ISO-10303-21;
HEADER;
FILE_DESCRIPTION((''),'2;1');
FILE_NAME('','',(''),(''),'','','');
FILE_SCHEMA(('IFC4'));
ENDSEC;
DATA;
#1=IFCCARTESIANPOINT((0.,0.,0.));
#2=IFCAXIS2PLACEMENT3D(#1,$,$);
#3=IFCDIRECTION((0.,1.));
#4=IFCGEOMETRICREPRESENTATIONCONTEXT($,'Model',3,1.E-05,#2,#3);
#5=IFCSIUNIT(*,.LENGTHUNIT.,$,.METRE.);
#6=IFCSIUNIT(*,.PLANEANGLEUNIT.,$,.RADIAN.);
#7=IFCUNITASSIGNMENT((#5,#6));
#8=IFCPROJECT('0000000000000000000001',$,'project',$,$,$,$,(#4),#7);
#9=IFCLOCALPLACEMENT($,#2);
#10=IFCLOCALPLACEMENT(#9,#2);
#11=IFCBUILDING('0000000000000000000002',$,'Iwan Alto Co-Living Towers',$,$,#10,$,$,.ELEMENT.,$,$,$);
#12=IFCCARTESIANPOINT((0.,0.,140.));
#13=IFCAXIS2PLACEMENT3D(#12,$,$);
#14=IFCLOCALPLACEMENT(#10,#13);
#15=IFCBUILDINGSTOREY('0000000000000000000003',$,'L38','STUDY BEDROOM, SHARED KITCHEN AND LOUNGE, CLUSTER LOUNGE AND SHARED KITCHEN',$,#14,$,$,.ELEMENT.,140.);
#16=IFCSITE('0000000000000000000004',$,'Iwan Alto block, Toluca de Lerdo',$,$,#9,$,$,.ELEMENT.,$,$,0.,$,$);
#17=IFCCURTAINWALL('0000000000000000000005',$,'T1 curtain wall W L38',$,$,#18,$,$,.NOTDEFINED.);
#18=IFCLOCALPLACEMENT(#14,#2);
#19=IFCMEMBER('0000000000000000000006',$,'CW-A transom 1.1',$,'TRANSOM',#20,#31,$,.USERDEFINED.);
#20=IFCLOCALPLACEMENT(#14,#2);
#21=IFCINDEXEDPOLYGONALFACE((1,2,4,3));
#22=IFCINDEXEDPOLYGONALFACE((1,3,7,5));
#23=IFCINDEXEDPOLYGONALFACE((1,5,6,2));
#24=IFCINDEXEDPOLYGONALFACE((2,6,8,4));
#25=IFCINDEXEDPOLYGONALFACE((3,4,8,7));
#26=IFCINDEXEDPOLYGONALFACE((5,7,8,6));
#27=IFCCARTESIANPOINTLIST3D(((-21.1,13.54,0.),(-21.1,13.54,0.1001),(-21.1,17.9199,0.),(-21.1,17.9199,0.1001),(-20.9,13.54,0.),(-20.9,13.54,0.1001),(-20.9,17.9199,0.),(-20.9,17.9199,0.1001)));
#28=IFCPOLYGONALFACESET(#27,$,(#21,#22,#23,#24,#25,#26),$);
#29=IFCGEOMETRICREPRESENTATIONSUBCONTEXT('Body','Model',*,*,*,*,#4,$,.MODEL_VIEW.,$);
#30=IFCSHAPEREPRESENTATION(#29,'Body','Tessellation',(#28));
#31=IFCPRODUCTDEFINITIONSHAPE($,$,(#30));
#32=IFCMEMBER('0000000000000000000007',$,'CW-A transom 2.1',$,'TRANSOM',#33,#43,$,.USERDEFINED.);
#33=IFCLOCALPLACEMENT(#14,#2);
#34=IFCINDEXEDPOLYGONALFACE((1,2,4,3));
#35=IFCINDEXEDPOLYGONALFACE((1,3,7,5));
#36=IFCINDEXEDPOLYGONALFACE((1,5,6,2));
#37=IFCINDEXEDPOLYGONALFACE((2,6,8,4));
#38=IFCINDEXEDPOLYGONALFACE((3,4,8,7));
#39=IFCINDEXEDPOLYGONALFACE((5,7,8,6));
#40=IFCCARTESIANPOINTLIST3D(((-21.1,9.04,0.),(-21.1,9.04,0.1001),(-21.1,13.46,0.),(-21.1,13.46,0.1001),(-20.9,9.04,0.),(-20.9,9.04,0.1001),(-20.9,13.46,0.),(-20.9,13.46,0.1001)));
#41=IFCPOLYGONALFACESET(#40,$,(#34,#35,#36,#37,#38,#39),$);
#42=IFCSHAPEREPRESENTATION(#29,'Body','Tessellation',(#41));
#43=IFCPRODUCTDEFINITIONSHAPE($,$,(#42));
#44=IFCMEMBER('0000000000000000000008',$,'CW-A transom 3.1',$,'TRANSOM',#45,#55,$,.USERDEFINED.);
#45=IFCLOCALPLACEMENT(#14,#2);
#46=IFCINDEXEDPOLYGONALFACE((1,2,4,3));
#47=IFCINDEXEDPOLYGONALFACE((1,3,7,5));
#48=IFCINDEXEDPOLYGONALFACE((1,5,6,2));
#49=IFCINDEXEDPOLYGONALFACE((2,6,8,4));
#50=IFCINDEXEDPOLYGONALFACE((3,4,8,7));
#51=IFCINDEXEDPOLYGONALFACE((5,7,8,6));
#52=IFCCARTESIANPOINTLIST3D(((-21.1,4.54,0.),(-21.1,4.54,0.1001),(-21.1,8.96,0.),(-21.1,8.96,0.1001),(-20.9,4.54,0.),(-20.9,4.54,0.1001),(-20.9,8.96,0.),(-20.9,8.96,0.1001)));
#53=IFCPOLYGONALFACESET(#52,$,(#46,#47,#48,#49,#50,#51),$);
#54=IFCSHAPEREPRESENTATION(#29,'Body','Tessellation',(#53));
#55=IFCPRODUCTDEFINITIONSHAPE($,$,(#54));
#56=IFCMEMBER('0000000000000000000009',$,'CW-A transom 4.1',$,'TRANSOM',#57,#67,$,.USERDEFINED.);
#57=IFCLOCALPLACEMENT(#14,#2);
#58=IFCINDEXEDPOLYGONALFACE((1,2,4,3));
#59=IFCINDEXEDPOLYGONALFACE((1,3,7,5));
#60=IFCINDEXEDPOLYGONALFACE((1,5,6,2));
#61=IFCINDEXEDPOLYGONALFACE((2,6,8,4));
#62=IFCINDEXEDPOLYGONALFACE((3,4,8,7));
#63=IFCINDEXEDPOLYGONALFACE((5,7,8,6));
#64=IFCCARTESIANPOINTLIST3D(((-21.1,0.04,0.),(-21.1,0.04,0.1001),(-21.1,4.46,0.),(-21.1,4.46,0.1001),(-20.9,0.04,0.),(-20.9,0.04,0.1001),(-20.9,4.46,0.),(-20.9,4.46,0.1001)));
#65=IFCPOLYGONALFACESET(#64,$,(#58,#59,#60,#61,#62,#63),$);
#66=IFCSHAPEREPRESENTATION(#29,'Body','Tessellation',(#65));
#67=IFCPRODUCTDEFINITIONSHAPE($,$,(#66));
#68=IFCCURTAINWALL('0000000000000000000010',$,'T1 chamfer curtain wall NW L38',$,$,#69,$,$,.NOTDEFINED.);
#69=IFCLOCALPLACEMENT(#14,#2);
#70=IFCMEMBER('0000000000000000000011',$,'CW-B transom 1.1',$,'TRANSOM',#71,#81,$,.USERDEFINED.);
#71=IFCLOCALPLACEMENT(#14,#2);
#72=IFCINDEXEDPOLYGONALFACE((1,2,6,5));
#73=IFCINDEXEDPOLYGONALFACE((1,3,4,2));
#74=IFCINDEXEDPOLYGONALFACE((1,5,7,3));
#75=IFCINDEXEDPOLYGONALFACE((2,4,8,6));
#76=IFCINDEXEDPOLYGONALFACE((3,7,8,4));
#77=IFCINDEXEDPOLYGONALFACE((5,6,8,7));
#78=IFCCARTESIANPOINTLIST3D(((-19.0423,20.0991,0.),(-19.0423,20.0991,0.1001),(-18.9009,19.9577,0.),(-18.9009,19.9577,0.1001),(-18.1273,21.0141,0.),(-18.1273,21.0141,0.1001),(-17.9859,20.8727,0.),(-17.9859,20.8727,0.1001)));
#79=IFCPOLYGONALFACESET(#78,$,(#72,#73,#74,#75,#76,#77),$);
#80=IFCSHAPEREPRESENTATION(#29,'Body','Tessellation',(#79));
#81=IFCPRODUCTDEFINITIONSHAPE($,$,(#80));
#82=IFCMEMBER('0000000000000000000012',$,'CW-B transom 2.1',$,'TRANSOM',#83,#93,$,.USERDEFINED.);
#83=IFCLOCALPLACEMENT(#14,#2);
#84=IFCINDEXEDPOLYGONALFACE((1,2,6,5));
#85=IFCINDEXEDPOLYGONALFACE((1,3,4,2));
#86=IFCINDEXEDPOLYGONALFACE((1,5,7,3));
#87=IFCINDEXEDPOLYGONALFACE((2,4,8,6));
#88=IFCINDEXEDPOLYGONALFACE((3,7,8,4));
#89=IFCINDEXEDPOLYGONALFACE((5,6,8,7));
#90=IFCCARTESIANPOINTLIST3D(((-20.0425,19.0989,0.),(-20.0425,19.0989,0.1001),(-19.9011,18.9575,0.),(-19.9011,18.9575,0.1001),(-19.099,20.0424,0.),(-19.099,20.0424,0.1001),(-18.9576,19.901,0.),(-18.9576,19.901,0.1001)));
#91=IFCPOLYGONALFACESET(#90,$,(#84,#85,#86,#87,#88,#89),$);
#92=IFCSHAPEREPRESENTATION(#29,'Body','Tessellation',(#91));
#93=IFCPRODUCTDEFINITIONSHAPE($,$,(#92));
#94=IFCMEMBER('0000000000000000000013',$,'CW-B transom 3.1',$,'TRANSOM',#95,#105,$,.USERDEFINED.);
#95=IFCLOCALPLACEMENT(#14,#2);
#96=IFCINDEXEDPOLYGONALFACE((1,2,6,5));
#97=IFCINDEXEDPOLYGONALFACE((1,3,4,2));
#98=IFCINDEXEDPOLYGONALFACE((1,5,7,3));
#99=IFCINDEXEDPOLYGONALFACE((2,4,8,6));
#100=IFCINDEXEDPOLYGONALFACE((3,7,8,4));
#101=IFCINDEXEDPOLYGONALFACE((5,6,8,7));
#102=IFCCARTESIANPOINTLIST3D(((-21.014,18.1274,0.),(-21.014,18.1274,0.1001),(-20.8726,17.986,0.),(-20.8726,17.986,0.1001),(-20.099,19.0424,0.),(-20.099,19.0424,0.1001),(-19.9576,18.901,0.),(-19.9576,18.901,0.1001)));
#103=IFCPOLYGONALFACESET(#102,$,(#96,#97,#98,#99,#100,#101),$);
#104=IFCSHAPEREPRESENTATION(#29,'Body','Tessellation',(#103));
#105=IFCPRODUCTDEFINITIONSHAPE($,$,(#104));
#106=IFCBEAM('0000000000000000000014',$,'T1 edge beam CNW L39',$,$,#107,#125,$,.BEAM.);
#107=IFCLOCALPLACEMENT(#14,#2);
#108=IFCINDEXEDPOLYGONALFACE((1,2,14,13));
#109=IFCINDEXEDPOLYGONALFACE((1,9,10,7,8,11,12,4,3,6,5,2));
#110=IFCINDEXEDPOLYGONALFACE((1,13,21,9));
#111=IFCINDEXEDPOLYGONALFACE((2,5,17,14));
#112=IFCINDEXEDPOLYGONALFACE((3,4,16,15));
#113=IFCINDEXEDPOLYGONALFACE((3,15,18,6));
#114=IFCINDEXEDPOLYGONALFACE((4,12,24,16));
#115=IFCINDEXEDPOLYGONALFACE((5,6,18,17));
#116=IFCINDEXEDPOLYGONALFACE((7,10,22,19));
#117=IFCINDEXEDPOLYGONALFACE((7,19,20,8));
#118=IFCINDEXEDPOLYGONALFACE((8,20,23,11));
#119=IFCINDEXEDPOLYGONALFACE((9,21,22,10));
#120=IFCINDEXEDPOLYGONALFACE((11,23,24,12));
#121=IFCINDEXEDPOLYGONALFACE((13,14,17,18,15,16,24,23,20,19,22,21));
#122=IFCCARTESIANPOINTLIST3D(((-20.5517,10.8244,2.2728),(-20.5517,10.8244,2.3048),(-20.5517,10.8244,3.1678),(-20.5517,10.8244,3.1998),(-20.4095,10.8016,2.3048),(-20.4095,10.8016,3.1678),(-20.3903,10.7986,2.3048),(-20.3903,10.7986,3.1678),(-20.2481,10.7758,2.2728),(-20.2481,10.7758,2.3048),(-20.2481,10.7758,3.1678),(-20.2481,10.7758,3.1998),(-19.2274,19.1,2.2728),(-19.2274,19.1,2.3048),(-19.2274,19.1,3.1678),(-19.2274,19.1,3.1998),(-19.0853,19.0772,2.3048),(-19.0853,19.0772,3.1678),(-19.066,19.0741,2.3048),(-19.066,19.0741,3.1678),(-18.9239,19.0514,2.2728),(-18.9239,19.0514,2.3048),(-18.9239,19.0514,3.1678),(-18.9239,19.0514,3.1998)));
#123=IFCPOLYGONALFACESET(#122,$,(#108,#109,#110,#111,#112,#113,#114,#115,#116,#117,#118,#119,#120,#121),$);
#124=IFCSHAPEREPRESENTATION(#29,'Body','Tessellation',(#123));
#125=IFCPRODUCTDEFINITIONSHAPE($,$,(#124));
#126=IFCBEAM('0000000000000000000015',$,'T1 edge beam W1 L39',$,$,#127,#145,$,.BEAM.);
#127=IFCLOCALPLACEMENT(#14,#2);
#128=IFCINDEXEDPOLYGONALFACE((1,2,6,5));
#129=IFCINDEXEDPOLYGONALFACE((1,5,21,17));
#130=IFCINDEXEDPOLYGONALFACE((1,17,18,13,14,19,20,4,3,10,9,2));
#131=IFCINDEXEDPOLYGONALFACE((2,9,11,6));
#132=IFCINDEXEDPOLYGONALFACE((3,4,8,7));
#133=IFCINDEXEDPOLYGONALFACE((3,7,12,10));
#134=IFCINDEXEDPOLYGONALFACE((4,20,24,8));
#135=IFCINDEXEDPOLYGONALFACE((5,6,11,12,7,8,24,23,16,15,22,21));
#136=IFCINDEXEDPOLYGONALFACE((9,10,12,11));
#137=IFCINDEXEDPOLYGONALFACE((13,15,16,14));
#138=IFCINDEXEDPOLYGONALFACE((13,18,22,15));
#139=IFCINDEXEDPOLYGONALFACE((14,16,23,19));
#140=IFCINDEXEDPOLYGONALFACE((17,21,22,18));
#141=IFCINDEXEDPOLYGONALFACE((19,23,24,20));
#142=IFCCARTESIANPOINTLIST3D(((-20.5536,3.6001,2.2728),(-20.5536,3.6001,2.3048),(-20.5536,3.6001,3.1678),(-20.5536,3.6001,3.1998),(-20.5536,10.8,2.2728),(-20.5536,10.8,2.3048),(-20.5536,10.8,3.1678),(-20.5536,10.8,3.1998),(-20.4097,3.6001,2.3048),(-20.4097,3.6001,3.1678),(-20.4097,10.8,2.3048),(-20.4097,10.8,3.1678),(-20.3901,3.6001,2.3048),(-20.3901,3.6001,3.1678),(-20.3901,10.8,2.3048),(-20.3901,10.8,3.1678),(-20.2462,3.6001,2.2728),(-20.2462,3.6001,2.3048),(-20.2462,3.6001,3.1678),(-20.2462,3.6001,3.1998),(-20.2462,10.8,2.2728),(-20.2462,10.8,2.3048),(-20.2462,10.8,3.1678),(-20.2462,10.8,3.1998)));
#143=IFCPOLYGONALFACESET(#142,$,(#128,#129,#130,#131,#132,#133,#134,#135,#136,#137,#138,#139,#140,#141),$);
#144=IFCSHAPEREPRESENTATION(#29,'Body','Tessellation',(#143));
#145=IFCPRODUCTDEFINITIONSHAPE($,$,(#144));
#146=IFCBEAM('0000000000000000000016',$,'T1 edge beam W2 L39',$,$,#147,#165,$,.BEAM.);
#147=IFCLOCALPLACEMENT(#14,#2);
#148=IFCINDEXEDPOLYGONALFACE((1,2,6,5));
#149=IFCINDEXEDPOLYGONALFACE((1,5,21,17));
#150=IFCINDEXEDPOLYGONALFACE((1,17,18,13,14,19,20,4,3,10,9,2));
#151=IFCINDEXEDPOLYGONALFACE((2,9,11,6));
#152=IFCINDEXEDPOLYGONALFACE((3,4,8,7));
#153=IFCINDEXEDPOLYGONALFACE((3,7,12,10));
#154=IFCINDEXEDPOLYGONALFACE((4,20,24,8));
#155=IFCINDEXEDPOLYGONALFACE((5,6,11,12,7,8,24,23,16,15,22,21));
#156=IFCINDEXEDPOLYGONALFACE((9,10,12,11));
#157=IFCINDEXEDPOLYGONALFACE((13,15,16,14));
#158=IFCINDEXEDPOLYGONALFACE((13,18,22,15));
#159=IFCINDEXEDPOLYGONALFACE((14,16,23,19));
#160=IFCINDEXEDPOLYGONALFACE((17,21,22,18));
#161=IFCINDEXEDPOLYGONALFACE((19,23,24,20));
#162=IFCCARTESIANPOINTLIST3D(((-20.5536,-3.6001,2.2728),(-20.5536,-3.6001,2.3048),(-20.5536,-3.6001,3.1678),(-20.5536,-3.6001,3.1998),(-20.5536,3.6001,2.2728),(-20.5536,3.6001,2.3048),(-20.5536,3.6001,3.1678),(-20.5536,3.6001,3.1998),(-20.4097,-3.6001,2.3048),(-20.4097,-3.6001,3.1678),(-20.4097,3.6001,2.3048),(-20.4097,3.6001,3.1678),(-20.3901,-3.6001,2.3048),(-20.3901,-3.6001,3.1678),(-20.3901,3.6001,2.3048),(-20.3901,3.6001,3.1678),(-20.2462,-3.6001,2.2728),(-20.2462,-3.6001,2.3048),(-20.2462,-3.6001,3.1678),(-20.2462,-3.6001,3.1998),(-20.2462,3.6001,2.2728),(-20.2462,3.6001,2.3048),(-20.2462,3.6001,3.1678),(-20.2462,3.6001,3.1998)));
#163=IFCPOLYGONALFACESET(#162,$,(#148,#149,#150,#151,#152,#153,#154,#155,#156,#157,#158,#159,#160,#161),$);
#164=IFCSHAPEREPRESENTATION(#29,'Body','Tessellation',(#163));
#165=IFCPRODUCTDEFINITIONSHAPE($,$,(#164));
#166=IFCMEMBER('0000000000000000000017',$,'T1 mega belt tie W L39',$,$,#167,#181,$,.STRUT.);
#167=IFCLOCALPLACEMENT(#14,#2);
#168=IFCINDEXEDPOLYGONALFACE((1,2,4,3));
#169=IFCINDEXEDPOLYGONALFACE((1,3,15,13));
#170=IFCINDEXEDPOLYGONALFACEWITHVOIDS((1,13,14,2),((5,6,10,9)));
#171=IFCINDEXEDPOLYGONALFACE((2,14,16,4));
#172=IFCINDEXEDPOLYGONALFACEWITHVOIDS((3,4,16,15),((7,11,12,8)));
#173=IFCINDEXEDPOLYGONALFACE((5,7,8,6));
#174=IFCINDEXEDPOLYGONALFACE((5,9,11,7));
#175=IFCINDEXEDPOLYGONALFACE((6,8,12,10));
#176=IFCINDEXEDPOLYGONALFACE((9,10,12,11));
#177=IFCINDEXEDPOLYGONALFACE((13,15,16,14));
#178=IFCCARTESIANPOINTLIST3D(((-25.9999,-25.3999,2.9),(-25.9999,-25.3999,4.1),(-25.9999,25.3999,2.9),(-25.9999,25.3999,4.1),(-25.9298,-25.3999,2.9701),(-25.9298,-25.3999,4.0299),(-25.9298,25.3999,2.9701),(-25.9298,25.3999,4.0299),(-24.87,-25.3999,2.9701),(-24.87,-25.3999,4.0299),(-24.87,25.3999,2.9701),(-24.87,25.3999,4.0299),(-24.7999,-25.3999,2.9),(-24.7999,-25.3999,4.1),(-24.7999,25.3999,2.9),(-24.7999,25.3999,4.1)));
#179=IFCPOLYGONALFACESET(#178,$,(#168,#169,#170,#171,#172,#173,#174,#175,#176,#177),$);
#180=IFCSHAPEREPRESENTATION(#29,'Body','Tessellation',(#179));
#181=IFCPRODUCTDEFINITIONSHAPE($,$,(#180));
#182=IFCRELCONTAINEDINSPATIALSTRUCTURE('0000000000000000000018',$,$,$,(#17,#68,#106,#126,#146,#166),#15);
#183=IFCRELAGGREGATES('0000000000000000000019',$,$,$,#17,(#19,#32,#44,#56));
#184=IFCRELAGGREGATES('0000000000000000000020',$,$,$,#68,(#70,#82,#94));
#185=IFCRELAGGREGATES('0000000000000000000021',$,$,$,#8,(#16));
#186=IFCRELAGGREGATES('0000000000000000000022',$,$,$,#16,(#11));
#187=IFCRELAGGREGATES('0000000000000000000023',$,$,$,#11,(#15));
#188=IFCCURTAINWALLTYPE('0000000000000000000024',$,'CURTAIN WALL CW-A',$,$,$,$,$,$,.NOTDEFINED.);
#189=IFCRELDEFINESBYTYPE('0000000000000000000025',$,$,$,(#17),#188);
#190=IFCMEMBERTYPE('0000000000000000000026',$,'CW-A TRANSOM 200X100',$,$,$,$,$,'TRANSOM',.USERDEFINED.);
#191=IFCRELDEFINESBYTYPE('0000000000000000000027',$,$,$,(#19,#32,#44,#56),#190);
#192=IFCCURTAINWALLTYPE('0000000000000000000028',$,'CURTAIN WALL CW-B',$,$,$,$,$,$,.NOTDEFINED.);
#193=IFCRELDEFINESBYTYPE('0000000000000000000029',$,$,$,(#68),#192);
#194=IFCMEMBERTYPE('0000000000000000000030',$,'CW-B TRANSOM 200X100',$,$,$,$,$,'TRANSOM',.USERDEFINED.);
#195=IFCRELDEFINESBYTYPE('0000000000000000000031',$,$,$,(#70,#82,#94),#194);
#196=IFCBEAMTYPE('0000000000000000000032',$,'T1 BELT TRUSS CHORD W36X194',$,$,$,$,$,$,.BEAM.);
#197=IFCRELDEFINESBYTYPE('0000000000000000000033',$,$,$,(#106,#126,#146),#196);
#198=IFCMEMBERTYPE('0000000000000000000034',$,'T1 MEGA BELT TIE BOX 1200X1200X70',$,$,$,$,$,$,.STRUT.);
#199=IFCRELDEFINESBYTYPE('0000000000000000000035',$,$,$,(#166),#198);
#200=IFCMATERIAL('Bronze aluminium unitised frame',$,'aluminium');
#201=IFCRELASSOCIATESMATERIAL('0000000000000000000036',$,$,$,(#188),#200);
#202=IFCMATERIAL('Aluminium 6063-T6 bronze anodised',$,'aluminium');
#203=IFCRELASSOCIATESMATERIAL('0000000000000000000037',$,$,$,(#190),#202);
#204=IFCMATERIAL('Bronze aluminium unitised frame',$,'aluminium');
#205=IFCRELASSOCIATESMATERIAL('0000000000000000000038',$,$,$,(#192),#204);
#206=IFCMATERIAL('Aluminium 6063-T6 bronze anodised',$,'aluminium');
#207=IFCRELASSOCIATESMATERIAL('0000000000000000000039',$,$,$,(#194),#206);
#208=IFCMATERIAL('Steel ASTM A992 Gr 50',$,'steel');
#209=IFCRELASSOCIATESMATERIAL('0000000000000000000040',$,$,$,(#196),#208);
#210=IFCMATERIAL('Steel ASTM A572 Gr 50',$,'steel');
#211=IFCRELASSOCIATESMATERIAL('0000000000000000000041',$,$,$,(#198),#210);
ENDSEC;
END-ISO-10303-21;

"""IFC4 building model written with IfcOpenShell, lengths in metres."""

from ifc_helpers import new_model, si_unit, direction, frame, origin, origin_2d, place, context, subcontext, project, spatial, rectangle, hollow_rectangle, i_section, extrude, material, material_profile, profile_set, type_object, element, aggregate, save


model = new_model("IFC4")

# Units and contexts
model_context = context("Model", 3, precision=1e-05, world=origin(), true_north=direction((0.0, 1.0)))
body_context = subcontext(model_context, "Body", "Model", "MODEL_VIEW")
ifc_project = project(units=[si_unit("LENGTHUNIT", "METRE"), si_unit("PLANEANGLEUNIT", "RADIAN")], contexts=[model_context])

# Site, building, storey
site_placement = place(None, origin())
site = spatial("IfcSite", under=ifc_project, at=site_placement, Name="Iwan Alto block, Toluca de Lerdo", CompositionType="ELEMENT", RefElevation=0.0)
building_placement = place(site_placement, origin())
building = spatial("IfcBuilding", under=site, at=building_placement, Name="Iwan Alto Co-Living Towers", CompositionType="ELEMENT")
storey_placement = place(building_placement, frame((0.0, 0.0, 140.0)))
storey = spatial("IfcBuildingStorey", under=building, at=storey_placement, Name="L38", Description="STUDY BEDROOM, SHARED KITCHEN AND LOUNGE, CLUSTER LOUNGE AND SHARED KITCHEN", CompositionType="ELEMENT", Elevation=140.0)

# Curtain walls, members
ifc_material_1 = material(Name="Bronze aluminium unitised frame", Category="aluminium")
curtain_wall_type_1 = type_object("IfcCurtainWallType", Name="CURTAIN WALL CW-A", PredefinedType="NOTDEFINED", material=ifc_material_1)
curtain_wall_1_placement = place(storey_placement, origin())
curtain_wall_1 = element("IfcCurtainWall", 1, at=curtain_wall_1_placement, inside=storey, type_object=curtain_wall_type_1, Name="T1 curtain wall W L38", PredefinedType="NOTDEFINED")
ifc_material_2 = material(Name="Aluminium 6063-T6 bronze anodised", Category="aluminium")
ifc_material_profile_1 = material_profile(ifc_material_2, rectangle(XDim=0.2, YDim=0.1001, at=origin_2d()), Name="AL 200X100")
ifc_profile_set_1 = profile_set([ifc_material_profile_1], Name="Aluminium 6063-T6 bronze anodised")
member_type_1 = type_object("IfcMemberType", Name="CW-A TRANSOM 200X100", ElementType="TRANSOM", PredefinedType="USERDEFINED", material=ifc_profile_set_1)
member_1_placement = place(storey_placement, frame((-21.0, 17.9199, 0.05), z_axis=(0.0, -1.0, 0.0), x_axis=(1.0, 0.0, 0.0)))
member_1 = element("IfcMember", 2, at=member_1_placement, type_object=member_type_1, Name="CW-A transom 1.1", ObjectType="TRANSOM", PredefinedType="USERDEFINED", context=body_context, shape_type="SweptSolid", body=[
    extrude(rectangle(XDim=0.2, YDim=0.1001, at=origin_2d()), origin(), (0.0, 0.0, 1.0), 4.3799),
])
member_2_placement = place(storey_placement, frame((-21.0, 13.46, 0.05), z_axis=(0.0, -1.0, 0.0), x_axis=(1.0, 0.0, 0.0)))
member_2 = element("IfcMember", 3, at=member_2_placement, type_object=member_type_1, Name="CW-A transom 2.1", ObjectType="TRANSOM", PredefinedType="USERDEFINED", context=body_context, shape_type="SweptSolid", body=[
    extrude(rectangle(XDim=0.2, YDim=0.1001, at=origin_2d()), origin(), (0.0, 0.0, 1.0), 4.4199),
])
member_3_placement = place(storey_placement, frame((-21.0, 8.96, 0.05), z_axis=(0.0, -1.0, 0.0), x_axis=(1.0, 0.0, 0.0)))
member_3 = element("IfcMember", 4, at=member_3_placement, type_object=member_type_1, Name="CW-A transom 3.1", ObjectType="TRANSOM", PredefinedType="USERDEFINED", context=body_context, shape_type="SweptSolid", body=[
    extrude(rectangle(XDim=0.2, YDim=0.1001, at=origin_2d()), origin(), (0.0, 0.0, 1.0), 4.4199),
])
member_4_placement = place(storey_placement, frame((-21.0, 4.46, 0.05), z_axis=(0.0, -1.0, 0.0), x_axis=(1.0, 0.0, 0.0)))
member_4 = element("IfcMember", 5, at=member_4_placement, type_object=member_type_1, Name="CW-A transom 4.1", ObjectType="TRANSOM", PredefinedType="USERDEFINED", context=body_context, shape_type="SweptSolid", body=[
    extrude(rectangle(XDim=0.2, YDim=0.1001, at=origin_2d()), origin(), (0.0, 0.0, 1.0), 4.4199),
])
ifc_material_3 = material(Name="Bronze aluminium unitised frame", Category="aluminium")
curtain_wall_type_2 = type_object("IfcCurtainWallType", Name="CURTAIN WALL CW-B", PredefinedType="NOTDEFINED", material=ifc_material_3)
curtain_wall_2_placement = place(storey_placement, origin())
curtain_wall_2 = element("IfcCurtainWall", 6, at=curtain_wall_2_placement, inside=storey, type_object=curtain_wall_type_2, Name="T1 chamfer curtain wall NW L38", PredefinedType="NOTDEFINED")
ifc_material_4 = material(Name="Aluminium 6063-T6 bronze anodised", Category="aluminium")
ifc_material_profile_2 = material_profile(ifc_material_4, rectangle(XDim=0.2, YDim=0.1001, at=origin_2d()), Name="AL 200X100")
ifc_profile_set_2 = profile_set([ifc_material_profile_2], Name="Aluminium 6063-T6 bronze anodised")
member_type_2 = type_object("IfcMemberType", Name="CW-B TRANSOM 200X100", ElementType="TRANSOM", PredefinedType="USERDEFINED", material=ifc_profile_set_2)
member_5_placement = place(storey_placement, frame((-18.0566, 20.9434, 0.05), z_axis=(-0.707107, -0.707107, 0.0), x_axis=(0.707107, -0.707107, 0.0)))
member_5 = element("IfcMember", 7, at=member_5_placement, type_object=member_type_2, Name="CW-B transom 1.1", ObjectType="TRANSOM", PredefinedType="USERDEFINED", context=body_context, shape_type="SweptSolid", body=[
    extrude(rectangle(XDim=0.2, YDim=0.1001, at=origin_2d()), origin(), (0.0, 0.0, 1.0), 1.2939),
])
member_6_placement = place(storey_placement, frame((-19.0283, 19.9717, 0.05), z_axis=(-0.707107, -0.707107, 0.0), x_axis=(0.707107, -0.707107, 0.0)))
member_6 = element("IfcMember", 8, at=member_6_placement, type_object=member_type_2, Name="CW-B transom 2.1", ObjectType="TRANSOM", PredefinedType="USERDEFINED", context=body_context, shape_type="SweptSolid", body=[
    extrude(rectangle(XDim=0.2, YDim=0.1001, at=origin_2d()), origin(), (0.0, 0.0, 1.0), 1.3342),
])
member_7_placement = place(storey_placement, frame((-20.0283, 18.9717, 0.05), z_axis=(-0.707107, -0.707107, 0.0), x_axis=(0.707107, -0.707107, 0.0)))
member_7 = element("IfcMember", 9, at=member_7_placement, type_object=member_type_2, Name="CW-B transom 3.1", ObjectType="TRANSOM", PredefinedType="USERDEFINED", context=body_context, shape_type="SweptSolid", body=[
    extrude(rectangle(XDim=0.2, YDim=0.1001, at=origin_2d()), origin(), (0.0, 0.0, 1.0), 1.2939),
])

# Beams
ifc_material_5 = material(Name="Steel ASTM A992 Gr 50", Category="steel")
ifc_material_profile_3 = material_profile(ifc_material_5, i_section(OverallWidth=0.3074, OverallDepth=0.927, WebThickness=0.0195, FlangeThickness=0.032, at=origin_2d()), Name="W36X194")
ifc_profile_set_3 = profile_set([ifc_material_profile_3], Name="Steel ASTM A992 Gr 50")
beam_type_1 = type_object("IfcBeamType", Name="T1 BELT TRUSS CHORD W36X194", PredefinedType="BEAM", material=ifc_profile_set_3)
beam_1_placement = place(storey_placement, frame((-19.0757, 19.0757, 2.7363), z_axis=(-0.158004, -0.987438, 0.0), x_axis=(0.987438, -0.158004, 0.0)))
element("IfcBeam", 10, at=beam_1_placement, inside=storey, type_object=beam_type_1, Name="T1 edge beam CNW L39", PredefinedType="BEAM", context=body_context, shape_type="SweptSolid", body=[
    extrude(i_section(OverallWidth=0.3074, OverallDepth=0.927, WebThickness=0.0195, FlangeThickness=0.032, at=origin_2d()), origin(), (0.0, 0.0, 1.0), 8.3809),
])
beam_2_placement = place(storey_placement, frame((-20.3999, 10.8, 2.7363), z_axis=(0.0, -1.0, 0.0), x_axis=(1.0, 0.0, 0.0)))
element("IfcBeam", 11, at=beam_2_placement, inside=storey, type_object=beam_type_1, Name="T1 edge beam W1 L39", PredefinedType="BEAM", context=body_context, shape_type="SweptSolid", body=[
    extrude(i_section(OverallWidth=0.3074, OverallDepth=0.927, WebThickness=0.0195, FlangeThickness=0.032, at=origin_2d()), origin(), (0.0, 0.0, 1.0), 7.2),
])
beam_3_placement = place(storey_placement, frame((-20.3999, 3.6001, 2.7363), z_axis=(0.0, -1.0, 0.0), x_axis=(1.0, 0.0, 0.0)))
element("IfcBeam", 12, at=beam_3_placement, inside=storey, type_object=beam_type_1, Name="T1 edge beam W2 L39", PredefinedType="BEAM", context=body_context, shape_type="SweptSolid", body=[
    extrude(i_section(OverallWidth=0.3074, OverallDepth=0.927, WebThickness=0.0195, FlangeThickness=0.032, at=origin_2d()), origin(), (0.0, 0.0, 1.0), 7.2002),
])

# Member
ifc_material_6 = material(Name="Steel ASTM A572 Gr 50", Category="steel")
ifc_material_profile_4 = material_profile(ifc_material_6, hollow_rectangle(XDim=1.2, YDim=1.2, WallThickness=0.0701, at=origin_2d()), Name="BOX 1200X1200X70")
ifc_profile_set_4 = profile_set([ifc_material_profile_4], Name="Steel ASTM A572 Gr 50")
member_type_3 = type_object("IfcMemberType", Name="T1 MEGA BELT TIE BOX 1200X1200X70", PredefinedType="STRUT", material=ifc_profile_set_4)
member_8_placement = place(storey_placement, frame((-25.3999, 25.3999, 3.5), z_axis=(0.0, -1.0, 0.0), x_axis=(1.0, 0.0, 0.0)))
element("IfcMember", 13, at=member_8_placement, inside=storey, type_object=member_type_3, Name="T1 mega belt tie W L39", PredefinedType="STRUT", context=body_context, shape_type="SweptSolid", body=[
    extrude(hollow_rectangle(XDim=1.2, YDim=1.2, WallThickness=0.0701, at=origin_2d()), origin(), (0.0, 0.0, 1.0), 50.7998),
])

aggregate(curtain_wall_1, [member_1, member_2, member_3, member_4])
aggregate(curtain_wall_2, [member_5, member_6, member_7])

save(model, "model.ifc")
